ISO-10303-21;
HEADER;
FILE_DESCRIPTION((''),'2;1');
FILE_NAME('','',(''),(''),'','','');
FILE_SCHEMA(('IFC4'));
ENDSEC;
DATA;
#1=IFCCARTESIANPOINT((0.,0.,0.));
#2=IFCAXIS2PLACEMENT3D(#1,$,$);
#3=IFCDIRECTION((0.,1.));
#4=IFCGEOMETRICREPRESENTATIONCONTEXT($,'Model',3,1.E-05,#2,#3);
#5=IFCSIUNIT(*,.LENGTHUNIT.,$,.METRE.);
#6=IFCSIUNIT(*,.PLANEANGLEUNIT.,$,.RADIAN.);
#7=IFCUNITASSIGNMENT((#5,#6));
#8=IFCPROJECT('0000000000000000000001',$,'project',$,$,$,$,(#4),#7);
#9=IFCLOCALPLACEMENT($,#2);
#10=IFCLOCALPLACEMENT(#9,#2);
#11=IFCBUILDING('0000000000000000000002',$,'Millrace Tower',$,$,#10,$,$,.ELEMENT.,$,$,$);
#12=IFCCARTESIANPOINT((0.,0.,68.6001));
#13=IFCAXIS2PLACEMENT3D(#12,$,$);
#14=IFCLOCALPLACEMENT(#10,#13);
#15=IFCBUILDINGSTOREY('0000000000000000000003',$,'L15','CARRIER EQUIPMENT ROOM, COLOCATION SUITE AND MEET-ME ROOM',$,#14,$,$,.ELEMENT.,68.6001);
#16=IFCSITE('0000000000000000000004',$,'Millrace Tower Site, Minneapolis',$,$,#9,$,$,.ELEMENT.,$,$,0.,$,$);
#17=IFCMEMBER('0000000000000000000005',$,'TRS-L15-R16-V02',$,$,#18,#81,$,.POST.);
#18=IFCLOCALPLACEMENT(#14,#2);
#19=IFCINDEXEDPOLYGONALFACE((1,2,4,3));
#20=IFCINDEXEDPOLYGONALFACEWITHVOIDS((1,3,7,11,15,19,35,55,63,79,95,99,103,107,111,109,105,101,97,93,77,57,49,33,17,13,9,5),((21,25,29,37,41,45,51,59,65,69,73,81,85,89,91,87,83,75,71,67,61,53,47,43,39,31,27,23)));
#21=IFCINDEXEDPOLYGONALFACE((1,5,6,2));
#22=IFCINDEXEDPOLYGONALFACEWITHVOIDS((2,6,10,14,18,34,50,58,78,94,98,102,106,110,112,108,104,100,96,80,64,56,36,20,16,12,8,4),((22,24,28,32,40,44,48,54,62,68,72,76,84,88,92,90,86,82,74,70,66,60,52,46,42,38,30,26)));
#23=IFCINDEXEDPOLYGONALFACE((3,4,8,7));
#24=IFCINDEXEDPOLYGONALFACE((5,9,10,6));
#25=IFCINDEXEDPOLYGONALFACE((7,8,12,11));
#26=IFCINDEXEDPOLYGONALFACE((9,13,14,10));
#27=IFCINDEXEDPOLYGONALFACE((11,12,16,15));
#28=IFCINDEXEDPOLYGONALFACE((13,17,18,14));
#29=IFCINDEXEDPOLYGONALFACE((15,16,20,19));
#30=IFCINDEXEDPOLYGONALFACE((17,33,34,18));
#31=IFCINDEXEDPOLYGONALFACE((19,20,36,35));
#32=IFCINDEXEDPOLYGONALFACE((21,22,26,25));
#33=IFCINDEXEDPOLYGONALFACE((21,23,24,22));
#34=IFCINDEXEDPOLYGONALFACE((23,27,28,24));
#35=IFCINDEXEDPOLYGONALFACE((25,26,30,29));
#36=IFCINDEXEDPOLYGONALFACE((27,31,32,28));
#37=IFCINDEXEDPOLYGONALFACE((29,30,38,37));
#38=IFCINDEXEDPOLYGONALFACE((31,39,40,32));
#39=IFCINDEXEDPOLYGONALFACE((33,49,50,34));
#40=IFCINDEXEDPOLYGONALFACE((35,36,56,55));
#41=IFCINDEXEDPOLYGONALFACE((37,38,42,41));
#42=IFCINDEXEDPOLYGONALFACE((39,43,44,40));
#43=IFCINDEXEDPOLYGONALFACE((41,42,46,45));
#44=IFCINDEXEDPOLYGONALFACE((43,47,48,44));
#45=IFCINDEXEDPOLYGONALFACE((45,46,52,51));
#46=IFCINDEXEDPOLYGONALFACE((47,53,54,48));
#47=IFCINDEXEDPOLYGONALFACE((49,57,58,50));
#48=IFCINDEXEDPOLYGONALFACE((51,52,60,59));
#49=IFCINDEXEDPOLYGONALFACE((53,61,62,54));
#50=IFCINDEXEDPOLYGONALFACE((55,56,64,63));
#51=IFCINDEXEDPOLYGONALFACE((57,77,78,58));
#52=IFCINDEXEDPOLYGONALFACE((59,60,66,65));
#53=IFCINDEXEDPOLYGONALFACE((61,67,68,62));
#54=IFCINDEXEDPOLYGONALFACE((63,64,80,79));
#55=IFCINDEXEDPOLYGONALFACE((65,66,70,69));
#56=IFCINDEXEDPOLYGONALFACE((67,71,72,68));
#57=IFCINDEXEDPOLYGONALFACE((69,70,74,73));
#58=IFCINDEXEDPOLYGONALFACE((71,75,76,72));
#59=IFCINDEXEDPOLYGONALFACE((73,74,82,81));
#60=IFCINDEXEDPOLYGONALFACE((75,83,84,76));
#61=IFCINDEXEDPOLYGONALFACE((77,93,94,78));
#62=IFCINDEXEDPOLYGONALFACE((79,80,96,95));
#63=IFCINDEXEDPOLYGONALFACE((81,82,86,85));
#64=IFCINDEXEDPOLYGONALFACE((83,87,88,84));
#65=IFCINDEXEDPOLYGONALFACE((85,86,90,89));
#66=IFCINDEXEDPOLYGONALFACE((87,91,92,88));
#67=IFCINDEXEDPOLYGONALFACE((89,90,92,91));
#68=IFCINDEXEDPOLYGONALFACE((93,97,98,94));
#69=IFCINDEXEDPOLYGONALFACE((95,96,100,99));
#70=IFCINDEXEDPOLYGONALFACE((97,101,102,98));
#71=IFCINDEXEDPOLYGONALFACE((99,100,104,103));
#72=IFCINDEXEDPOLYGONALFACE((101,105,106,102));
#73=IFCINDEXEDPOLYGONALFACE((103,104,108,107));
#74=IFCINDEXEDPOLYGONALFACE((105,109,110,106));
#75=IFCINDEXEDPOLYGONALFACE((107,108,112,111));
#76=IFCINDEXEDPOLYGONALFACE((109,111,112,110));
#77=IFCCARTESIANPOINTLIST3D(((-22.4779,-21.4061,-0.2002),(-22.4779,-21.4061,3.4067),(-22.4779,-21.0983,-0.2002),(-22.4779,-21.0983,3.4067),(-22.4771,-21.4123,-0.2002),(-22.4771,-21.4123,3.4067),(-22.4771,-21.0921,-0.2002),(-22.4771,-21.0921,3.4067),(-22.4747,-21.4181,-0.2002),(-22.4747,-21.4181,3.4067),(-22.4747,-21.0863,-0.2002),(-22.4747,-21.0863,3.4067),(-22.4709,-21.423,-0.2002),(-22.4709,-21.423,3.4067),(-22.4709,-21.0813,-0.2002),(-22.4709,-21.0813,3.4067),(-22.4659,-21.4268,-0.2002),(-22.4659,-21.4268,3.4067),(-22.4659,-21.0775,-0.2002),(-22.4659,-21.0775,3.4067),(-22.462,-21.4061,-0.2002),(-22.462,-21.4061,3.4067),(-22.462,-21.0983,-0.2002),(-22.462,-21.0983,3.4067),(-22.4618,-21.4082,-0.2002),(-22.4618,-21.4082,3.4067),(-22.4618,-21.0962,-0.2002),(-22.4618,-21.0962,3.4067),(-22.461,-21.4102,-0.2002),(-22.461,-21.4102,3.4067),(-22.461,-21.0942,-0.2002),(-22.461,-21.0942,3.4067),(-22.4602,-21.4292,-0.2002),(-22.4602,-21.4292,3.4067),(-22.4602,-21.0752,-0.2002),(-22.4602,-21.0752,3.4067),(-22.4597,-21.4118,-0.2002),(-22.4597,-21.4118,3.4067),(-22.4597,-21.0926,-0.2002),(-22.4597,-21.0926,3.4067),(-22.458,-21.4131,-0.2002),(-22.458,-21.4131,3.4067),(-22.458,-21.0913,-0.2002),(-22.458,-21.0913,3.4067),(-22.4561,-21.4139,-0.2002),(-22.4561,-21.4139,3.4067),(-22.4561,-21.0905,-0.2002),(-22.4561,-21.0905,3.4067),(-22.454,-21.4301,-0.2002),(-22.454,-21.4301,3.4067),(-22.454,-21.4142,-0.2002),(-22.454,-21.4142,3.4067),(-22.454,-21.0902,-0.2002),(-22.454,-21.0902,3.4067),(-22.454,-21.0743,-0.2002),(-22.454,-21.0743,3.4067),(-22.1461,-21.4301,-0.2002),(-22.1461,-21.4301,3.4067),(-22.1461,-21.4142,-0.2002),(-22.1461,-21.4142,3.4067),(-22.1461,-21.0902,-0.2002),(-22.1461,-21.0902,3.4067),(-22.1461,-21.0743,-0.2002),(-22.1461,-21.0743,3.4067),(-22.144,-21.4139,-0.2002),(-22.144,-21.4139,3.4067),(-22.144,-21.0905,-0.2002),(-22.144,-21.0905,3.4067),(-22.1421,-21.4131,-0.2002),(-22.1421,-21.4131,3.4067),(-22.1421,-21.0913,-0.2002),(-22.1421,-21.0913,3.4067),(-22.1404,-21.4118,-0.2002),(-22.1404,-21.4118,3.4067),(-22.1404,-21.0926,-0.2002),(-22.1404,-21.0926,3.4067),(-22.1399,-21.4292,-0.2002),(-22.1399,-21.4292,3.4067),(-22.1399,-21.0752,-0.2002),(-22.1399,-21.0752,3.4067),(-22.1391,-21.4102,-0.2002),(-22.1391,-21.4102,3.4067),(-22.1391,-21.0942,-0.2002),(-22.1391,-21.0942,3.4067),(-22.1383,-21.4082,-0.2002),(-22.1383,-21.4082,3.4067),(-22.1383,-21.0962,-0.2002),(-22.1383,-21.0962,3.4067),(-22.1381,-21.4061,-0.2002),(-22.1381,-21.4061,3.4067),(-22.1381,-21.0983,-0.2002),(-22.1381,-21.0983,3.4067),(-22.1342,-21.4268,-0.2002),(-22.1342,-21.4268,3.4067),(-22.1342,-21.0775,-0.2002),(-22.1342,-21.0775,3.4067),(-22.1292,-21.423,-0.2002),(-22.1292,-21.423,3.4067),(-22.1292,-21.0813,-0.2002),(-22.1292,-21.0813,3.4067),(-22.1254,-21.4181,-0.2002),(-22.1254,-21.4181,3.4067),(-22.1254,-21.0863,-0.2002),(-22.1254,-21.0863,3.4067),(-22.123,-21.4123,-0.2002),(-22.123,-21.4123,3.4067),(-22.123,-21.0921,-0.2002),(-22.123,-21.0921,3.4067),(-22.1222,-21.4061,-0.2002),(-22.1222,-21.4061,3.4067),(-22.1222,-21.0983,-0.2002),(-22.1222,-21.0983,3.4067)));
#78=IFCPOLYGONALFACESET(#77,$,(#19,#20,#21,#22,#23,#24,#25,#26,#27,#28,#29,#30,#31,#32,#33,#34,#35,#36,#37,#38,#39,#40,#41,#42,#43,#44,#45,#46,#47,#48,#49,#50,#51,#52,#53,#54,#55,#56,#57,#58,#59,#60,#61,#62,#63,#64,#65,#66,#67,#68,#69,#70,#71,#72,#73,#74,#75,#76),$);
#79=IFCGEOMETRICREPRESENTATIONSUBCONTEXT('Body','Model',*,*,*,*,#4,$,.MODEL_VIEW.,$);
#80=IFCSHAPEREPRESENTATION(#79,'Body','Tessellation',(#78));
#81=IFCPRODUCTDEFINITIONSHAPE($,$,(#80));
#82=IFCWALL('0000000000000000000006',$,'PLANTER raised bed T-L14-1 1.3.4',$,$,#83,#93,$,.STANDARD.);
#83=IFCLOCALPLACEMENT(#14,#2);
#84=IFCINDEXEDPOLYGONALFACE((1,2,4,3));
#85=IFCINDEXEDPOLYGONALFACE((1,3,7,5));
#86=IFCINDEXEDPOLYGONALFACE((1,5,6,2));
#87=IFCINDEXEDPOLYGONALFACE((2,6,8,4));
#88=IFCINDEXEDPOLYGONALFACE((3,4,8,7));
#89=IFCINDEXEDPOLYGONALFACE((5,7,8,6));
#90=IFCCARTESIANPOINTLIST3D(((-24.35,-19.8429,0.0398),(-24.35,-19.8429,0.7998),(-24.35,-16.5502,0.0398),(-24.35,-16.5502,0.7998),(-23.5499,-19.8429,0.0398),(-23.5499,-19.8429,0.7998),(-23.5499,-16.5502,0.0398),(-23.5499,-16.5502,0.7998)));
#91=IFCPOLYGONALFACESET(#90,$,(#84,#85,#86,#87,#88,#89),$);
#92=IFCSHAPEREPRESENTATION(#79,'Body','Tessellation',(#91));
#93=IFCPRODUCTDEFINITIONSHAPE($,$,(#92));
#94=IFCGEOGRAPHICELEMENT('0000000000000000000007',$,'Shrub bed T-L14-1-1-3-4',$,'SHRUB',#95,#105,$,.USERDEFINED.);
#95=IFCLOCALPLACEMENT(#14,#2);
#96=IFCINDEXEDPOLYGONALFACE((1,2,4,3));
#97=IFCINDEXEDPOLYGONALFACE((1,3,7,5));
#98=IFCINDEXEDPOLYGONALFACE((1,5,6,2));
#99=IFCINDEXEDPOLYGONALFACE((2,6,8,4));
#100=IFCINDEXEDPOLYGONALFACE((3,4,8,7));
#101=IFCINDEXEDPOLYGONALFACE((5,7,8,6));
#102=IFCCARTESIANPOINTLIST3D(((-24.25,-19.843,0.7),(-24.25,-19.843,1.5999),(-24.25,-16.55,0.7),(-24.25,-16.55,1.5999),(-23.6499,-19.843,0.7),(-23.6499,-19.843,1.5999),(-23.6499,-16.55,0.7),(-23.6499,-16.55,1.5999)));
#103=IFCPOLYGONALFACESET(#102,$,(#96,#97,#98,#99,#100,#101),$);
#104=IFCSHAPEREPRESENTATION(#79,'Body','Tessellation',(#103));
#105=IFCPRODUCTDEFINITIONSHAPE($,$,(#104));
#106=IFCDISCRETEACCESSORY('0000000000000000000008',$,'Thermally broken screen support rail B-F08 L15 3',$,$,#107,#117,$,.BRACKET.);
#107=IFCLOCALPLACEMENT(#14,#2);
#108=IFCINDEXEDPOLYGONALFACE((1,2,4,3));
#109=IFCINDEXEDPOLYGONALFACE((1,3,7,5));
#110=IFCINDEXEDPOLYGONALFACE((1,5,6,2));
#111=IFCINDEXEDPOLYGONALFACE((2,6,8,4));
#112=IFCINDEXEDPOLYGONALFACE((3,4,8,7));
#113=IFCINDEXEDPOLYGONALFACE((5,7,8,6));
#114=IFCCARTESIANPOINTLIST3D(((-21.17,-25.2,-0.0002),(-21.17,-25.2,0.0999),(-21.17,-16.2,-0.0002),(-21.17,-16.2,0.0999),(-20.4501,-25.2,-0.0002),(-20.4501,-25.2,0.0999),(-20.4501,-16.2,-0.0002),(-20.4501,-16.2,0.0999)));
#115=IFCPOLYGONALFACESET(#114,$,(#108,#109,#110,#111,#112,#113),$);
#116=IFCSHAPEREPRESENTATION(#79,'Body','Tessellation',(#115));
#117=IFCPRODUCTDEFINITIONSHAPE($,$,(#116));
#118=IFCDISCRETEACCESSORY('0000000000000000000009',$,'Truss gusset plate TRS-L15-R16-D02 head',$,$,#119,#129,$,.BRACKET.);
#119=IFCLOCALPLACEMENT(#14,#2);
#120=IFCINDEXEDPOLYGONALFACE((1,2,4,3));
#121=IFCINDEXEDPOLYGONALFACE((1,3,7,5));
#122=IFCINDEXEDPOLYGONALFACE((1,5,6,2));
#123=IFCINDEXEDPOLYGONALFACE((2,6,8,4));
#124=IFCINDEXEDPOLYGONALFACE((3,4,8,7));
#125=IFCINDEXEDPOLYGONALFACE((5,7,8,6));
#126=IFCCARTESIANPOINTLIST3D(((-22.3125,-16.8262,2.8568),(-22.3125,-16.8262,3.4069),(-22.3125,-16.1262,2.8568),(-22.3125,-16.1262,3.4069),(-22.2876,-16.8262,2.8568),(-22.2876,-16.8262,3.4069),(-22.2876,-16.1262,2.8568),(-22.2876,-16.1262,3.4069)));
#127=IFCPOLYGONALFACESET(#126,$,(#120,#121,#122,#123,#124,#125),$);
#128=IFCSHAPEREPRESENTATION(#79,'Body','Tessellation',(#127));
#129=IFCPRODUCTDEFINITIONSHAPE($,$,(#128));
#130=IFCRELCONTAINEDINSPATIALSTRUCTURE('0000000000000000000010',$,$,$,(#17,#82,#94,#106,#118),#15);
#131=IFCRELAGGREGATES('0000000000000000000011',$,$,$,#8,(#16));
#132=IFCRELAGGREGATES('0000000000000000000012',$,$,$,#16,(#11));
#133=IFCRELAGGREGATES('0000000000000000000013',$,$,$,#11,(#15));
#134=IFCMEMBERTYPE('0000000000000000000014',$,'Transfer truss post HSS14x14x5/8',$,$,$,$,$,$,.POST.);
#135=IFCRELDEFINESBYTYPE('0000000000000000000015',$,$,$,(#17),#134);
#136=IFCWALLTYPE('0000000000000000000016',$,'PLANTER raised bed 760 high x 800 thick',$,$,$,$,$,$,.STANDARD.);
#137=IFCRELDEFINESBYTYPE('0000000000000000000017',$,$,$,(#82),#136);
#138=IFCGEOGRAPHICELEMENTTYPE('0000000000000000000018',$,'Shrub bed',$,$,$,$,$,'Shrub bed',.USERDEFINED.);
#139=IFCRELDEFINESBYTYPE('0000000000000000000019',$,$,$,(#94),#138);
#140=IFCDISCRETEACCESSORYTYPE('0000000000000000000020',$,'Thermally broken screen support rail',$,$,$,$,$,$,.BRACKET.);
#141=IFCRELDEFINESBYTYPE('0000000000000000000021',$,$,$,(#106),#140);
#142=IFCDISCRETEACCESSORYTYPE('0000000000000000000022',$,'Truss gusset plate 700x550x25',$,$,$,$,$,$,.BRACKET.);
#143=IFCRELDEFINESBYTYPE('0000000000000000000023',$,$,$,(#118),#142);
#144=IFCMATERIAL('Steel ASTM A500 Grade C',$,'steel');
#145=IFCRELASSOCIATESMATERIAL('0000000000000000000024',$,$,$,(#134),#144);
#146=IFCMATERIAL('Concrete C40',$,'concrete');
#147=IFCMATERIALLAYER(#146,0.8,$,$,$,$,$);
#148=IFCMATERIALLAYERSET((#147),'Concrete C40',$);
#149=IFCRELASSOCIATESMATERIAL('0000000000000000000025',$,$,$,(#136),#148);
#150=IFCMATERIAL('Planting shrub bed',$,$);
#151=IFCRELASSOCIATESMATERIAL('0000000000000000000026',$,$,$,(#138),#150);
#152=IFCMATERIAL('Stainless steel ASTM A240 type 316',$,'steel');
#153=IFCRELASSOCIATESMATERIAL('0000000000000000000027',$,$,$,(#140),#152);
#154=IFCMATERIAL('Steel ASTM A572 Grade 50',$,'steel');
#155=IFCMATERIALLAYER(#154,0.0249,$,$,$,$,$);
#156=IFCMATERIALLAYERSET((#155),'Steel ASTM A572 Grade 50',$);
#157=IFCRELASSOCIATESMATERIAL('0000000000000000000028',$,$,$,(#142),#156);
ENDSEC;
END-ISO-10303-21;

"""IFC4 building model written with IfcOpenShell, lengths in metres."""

from ifc_helpers import new_model, si_unit, direction, frame, frame_2d, origin, origin_2d, place, context, subcontext, project, spatial, rectangle, hollow_rectangle, extrude, material, layer, layer_set, material_profile, profile_set, type_object, element, save


model = new_model("IFC4")

# Units and contexts
model_context = context("Model", 3, precision=1e-05, world=origin(), true_north=direction((0.0, 1.0)))
body_context = subcontext(model_context, "Body", "Model", "MODEL_VIEW")
ifc_project = project(units=[si_unit("LENGTHUNIT", "METRE"), si_unit("PLANEANGLEUNIT", "RADIAN")], contexts=[model_context])

# Site, building, storey
site_placement = place(None, origin())
site = spatial("IfcSite", under=ifc_project, at=site_placement, Name="Millrace Tower Site, Minneapolis", CompositionType="ELEMENT", RefElevation=0.0)
building_placement = place(site_placement, origin())
building = spatial("IfcBuilding", under=site, at=building_placement, Name="Millrace Tower", CompositionType="ELEMENT")
storey_placement = place(building_placement, frame((0.0, 0.0, 68.6001)))
storey = spatial("IfcBuildingStorey", under=building, at=storey_placement, Name="L15", Description="CARRIER EQUIPMENT ROOM, COLOCATION SUITE AND MEET-ME ROOM", CompositionType="ELEMENT", Elevation=68.6001)

# Member
ifc_material_1 = material(Name="Steel ASTM A500 Grade C", Category="steel")
ifc_material_profile_1 = material_profile(ifc_material_1, hollow_rectangle(XDim=0.3557, YDim=0.3557, WallThickness=0.0159, InnerFilletRadius=0.0081, OuterFilletRadius=0.0239, at=origin_2d()))
ifc_profile_set_1 = profile_set([ifc_material_profile_1], Name="Steel ASTM A500 Grade C")
member_type_1 = type_object("IfcMemberType", Name="Transfer truss post HSS14x14x5/8", PredefinedType="POST", material=ifc_profile_set_1)
member_1_placement = place(storey_placement, frame((-22.3, -21.2522, -0.2002), z_axis=(0.0, 0.0, 1.0), x_axis=(1.0, 0.0, 0.0)))
element("IfcMember", 1, at=member_1_placement, inside=storey, type_object=member_type_1, Name="TRS-L15-R16-V02", PredefinedType="POST", context=body_context, shape_type="SweptSolid", body=[
    extrude(hollow_rectangle(XDim=0.3557, YDim=0.3557, WallThickness=0.0159, InnerFilletRadius=0.0081, OuterFilletRadius=0.0239, at=origin_2d()), origin(), (0.0, 0.0, 1.0), 3.6069),
])

# Wall
ifc_material_2 = material(Name="Concrete C40", Category="concrete")
ifc_layer_1 = layer(ifc_material_2, 0.8)
ifc_layer_set_1 = layer_set([ifc_layer_1], Name="Concrete C40")
wall_type = type_object("IfcWallType", Name="PLANTER raised bed 760 high x 800 thick", PredefinedType="STANDARD", material=ifc_layer_set_1)
wall_placement = place(storey_placement, frame((-23.95, -16.55, 0.0398), z_axis=(0.0, 0.0, 1.0), x_axis=(0.0, -1.0, 0.0)))
element("IfcWall", 2, at=wall_placement, inside=storey, type_object=wall_type, Name="PLANTER raised bed T-L14-1 1.3.4", PredefinedType="STANDARD", context=body_context, shape_type="SweptSolid", body=[
    extrude(rectangle(XDim=3.2927, YDim=0.8, at=frame_2d((1.6465, 0.0))), origin(), (0.0, 0.0, 1.0), 0.76),
])

# Geographic element
ifc_material_3 = material(Name="Planting shrub bed")
geographic_element_type = type_object("IfcGeographicElementType", Name="Shrub bed", ElementType="Shrub bed", PredefinedType="USERDEFINED", material=ifc_material_3)
geographic_element_placement = place(storey_placement, frame((-23.95, -18.1965, 0.7), z_axis=(0.0, 0.0, 1.0), x_axis=(0.0, -1.0, 0.0)))
element("IfcGeographicElement", 3, at=geographic_element_placement, inside=storey, type_object=geographic_element_type, Name="Shrub bed T-L14-1-1-3-4", ObjectType="SHRUB", PredefinedType="USERDEFINED", context=body_context, shape_type="SweptSolid", body=[
    extrude(rectangle(XDim=3.293, YDim=0.6001, at=origin_2d()), origin(), (0.0, 0.0, 1.0), 0.8999),
])

# Discrete accessories
ifc_material_4 = material(Name="Stainless steel ASTM A240 type 316", Category="steel")
discrete_accessory_type_1 = type_object("IfcDiscreteAccessoryType", Name="Thermally broken screen support rail", PredefinedType="BRACKET", material=ifc_material_4)
discrete_accessory_1_placement = place(storey_placement, frame((-20.8101, -20.7, -0.0002), z_axis=(0.0, 0.0, 1.0), x_axis=(0.0, -1.0, 0.0)))
element("IfcDiscreteAccessory", 4, at=discrete_accessory_1_placement, inside=storey, type_object=discrete_accessory_type_1, Name="Thermally broken screen support rail B-F08 L15 3", PredefinedType="BRACKET", context=body_context, shape_type="SweptSolid", body=[
    extrude(rectangle(XDim=9.0, YDim=0.72, at=origin_2d()), origin(), (0.0, 0.0, 1.0), 0.1001),
])
ifc_material_5 = material(Name="Steel ASTM A572 Grade 50", Category="steel")
ifc_layer_2 = layer(ifc_material_5, 0.0249)
ifc_layer_set_2 = layer_set([ifc_layer_2], Name="Steel ASTM A572 Grade 50")
discrete_accessory_type_2 = type_object("IfcDiscreteAccessoryType", Name="Truss gusset plate 700x550x25", PredefinedType="BRACKET", material=ifc_layer_set_2)
discrete_accessory_2_placement = place(storey_placement, frame((-22.3, -16.8262, 3.1318), z_axis=(0.0, 1.0, 0.0), x_axis=(-1.0, 0.0, 0.0)))
element("IfcDiscreteAccessory", 5, at=discrete_accessory_2_placement, inside=storey, type_object=discrete_accessory_type_2, Name="Truss gusset plate TRS-L15-R16-D02 head", PredefinedType="BRACKET", context=body_context, shape_type="SweptSolid", body=[
    extrude(rectangle(XDim=0.0249, YDim=0.55, at=origin_2d()), origin(), (0.0, 0.0, 1.0), 0.7),
])

save(model, "model.ifc")
